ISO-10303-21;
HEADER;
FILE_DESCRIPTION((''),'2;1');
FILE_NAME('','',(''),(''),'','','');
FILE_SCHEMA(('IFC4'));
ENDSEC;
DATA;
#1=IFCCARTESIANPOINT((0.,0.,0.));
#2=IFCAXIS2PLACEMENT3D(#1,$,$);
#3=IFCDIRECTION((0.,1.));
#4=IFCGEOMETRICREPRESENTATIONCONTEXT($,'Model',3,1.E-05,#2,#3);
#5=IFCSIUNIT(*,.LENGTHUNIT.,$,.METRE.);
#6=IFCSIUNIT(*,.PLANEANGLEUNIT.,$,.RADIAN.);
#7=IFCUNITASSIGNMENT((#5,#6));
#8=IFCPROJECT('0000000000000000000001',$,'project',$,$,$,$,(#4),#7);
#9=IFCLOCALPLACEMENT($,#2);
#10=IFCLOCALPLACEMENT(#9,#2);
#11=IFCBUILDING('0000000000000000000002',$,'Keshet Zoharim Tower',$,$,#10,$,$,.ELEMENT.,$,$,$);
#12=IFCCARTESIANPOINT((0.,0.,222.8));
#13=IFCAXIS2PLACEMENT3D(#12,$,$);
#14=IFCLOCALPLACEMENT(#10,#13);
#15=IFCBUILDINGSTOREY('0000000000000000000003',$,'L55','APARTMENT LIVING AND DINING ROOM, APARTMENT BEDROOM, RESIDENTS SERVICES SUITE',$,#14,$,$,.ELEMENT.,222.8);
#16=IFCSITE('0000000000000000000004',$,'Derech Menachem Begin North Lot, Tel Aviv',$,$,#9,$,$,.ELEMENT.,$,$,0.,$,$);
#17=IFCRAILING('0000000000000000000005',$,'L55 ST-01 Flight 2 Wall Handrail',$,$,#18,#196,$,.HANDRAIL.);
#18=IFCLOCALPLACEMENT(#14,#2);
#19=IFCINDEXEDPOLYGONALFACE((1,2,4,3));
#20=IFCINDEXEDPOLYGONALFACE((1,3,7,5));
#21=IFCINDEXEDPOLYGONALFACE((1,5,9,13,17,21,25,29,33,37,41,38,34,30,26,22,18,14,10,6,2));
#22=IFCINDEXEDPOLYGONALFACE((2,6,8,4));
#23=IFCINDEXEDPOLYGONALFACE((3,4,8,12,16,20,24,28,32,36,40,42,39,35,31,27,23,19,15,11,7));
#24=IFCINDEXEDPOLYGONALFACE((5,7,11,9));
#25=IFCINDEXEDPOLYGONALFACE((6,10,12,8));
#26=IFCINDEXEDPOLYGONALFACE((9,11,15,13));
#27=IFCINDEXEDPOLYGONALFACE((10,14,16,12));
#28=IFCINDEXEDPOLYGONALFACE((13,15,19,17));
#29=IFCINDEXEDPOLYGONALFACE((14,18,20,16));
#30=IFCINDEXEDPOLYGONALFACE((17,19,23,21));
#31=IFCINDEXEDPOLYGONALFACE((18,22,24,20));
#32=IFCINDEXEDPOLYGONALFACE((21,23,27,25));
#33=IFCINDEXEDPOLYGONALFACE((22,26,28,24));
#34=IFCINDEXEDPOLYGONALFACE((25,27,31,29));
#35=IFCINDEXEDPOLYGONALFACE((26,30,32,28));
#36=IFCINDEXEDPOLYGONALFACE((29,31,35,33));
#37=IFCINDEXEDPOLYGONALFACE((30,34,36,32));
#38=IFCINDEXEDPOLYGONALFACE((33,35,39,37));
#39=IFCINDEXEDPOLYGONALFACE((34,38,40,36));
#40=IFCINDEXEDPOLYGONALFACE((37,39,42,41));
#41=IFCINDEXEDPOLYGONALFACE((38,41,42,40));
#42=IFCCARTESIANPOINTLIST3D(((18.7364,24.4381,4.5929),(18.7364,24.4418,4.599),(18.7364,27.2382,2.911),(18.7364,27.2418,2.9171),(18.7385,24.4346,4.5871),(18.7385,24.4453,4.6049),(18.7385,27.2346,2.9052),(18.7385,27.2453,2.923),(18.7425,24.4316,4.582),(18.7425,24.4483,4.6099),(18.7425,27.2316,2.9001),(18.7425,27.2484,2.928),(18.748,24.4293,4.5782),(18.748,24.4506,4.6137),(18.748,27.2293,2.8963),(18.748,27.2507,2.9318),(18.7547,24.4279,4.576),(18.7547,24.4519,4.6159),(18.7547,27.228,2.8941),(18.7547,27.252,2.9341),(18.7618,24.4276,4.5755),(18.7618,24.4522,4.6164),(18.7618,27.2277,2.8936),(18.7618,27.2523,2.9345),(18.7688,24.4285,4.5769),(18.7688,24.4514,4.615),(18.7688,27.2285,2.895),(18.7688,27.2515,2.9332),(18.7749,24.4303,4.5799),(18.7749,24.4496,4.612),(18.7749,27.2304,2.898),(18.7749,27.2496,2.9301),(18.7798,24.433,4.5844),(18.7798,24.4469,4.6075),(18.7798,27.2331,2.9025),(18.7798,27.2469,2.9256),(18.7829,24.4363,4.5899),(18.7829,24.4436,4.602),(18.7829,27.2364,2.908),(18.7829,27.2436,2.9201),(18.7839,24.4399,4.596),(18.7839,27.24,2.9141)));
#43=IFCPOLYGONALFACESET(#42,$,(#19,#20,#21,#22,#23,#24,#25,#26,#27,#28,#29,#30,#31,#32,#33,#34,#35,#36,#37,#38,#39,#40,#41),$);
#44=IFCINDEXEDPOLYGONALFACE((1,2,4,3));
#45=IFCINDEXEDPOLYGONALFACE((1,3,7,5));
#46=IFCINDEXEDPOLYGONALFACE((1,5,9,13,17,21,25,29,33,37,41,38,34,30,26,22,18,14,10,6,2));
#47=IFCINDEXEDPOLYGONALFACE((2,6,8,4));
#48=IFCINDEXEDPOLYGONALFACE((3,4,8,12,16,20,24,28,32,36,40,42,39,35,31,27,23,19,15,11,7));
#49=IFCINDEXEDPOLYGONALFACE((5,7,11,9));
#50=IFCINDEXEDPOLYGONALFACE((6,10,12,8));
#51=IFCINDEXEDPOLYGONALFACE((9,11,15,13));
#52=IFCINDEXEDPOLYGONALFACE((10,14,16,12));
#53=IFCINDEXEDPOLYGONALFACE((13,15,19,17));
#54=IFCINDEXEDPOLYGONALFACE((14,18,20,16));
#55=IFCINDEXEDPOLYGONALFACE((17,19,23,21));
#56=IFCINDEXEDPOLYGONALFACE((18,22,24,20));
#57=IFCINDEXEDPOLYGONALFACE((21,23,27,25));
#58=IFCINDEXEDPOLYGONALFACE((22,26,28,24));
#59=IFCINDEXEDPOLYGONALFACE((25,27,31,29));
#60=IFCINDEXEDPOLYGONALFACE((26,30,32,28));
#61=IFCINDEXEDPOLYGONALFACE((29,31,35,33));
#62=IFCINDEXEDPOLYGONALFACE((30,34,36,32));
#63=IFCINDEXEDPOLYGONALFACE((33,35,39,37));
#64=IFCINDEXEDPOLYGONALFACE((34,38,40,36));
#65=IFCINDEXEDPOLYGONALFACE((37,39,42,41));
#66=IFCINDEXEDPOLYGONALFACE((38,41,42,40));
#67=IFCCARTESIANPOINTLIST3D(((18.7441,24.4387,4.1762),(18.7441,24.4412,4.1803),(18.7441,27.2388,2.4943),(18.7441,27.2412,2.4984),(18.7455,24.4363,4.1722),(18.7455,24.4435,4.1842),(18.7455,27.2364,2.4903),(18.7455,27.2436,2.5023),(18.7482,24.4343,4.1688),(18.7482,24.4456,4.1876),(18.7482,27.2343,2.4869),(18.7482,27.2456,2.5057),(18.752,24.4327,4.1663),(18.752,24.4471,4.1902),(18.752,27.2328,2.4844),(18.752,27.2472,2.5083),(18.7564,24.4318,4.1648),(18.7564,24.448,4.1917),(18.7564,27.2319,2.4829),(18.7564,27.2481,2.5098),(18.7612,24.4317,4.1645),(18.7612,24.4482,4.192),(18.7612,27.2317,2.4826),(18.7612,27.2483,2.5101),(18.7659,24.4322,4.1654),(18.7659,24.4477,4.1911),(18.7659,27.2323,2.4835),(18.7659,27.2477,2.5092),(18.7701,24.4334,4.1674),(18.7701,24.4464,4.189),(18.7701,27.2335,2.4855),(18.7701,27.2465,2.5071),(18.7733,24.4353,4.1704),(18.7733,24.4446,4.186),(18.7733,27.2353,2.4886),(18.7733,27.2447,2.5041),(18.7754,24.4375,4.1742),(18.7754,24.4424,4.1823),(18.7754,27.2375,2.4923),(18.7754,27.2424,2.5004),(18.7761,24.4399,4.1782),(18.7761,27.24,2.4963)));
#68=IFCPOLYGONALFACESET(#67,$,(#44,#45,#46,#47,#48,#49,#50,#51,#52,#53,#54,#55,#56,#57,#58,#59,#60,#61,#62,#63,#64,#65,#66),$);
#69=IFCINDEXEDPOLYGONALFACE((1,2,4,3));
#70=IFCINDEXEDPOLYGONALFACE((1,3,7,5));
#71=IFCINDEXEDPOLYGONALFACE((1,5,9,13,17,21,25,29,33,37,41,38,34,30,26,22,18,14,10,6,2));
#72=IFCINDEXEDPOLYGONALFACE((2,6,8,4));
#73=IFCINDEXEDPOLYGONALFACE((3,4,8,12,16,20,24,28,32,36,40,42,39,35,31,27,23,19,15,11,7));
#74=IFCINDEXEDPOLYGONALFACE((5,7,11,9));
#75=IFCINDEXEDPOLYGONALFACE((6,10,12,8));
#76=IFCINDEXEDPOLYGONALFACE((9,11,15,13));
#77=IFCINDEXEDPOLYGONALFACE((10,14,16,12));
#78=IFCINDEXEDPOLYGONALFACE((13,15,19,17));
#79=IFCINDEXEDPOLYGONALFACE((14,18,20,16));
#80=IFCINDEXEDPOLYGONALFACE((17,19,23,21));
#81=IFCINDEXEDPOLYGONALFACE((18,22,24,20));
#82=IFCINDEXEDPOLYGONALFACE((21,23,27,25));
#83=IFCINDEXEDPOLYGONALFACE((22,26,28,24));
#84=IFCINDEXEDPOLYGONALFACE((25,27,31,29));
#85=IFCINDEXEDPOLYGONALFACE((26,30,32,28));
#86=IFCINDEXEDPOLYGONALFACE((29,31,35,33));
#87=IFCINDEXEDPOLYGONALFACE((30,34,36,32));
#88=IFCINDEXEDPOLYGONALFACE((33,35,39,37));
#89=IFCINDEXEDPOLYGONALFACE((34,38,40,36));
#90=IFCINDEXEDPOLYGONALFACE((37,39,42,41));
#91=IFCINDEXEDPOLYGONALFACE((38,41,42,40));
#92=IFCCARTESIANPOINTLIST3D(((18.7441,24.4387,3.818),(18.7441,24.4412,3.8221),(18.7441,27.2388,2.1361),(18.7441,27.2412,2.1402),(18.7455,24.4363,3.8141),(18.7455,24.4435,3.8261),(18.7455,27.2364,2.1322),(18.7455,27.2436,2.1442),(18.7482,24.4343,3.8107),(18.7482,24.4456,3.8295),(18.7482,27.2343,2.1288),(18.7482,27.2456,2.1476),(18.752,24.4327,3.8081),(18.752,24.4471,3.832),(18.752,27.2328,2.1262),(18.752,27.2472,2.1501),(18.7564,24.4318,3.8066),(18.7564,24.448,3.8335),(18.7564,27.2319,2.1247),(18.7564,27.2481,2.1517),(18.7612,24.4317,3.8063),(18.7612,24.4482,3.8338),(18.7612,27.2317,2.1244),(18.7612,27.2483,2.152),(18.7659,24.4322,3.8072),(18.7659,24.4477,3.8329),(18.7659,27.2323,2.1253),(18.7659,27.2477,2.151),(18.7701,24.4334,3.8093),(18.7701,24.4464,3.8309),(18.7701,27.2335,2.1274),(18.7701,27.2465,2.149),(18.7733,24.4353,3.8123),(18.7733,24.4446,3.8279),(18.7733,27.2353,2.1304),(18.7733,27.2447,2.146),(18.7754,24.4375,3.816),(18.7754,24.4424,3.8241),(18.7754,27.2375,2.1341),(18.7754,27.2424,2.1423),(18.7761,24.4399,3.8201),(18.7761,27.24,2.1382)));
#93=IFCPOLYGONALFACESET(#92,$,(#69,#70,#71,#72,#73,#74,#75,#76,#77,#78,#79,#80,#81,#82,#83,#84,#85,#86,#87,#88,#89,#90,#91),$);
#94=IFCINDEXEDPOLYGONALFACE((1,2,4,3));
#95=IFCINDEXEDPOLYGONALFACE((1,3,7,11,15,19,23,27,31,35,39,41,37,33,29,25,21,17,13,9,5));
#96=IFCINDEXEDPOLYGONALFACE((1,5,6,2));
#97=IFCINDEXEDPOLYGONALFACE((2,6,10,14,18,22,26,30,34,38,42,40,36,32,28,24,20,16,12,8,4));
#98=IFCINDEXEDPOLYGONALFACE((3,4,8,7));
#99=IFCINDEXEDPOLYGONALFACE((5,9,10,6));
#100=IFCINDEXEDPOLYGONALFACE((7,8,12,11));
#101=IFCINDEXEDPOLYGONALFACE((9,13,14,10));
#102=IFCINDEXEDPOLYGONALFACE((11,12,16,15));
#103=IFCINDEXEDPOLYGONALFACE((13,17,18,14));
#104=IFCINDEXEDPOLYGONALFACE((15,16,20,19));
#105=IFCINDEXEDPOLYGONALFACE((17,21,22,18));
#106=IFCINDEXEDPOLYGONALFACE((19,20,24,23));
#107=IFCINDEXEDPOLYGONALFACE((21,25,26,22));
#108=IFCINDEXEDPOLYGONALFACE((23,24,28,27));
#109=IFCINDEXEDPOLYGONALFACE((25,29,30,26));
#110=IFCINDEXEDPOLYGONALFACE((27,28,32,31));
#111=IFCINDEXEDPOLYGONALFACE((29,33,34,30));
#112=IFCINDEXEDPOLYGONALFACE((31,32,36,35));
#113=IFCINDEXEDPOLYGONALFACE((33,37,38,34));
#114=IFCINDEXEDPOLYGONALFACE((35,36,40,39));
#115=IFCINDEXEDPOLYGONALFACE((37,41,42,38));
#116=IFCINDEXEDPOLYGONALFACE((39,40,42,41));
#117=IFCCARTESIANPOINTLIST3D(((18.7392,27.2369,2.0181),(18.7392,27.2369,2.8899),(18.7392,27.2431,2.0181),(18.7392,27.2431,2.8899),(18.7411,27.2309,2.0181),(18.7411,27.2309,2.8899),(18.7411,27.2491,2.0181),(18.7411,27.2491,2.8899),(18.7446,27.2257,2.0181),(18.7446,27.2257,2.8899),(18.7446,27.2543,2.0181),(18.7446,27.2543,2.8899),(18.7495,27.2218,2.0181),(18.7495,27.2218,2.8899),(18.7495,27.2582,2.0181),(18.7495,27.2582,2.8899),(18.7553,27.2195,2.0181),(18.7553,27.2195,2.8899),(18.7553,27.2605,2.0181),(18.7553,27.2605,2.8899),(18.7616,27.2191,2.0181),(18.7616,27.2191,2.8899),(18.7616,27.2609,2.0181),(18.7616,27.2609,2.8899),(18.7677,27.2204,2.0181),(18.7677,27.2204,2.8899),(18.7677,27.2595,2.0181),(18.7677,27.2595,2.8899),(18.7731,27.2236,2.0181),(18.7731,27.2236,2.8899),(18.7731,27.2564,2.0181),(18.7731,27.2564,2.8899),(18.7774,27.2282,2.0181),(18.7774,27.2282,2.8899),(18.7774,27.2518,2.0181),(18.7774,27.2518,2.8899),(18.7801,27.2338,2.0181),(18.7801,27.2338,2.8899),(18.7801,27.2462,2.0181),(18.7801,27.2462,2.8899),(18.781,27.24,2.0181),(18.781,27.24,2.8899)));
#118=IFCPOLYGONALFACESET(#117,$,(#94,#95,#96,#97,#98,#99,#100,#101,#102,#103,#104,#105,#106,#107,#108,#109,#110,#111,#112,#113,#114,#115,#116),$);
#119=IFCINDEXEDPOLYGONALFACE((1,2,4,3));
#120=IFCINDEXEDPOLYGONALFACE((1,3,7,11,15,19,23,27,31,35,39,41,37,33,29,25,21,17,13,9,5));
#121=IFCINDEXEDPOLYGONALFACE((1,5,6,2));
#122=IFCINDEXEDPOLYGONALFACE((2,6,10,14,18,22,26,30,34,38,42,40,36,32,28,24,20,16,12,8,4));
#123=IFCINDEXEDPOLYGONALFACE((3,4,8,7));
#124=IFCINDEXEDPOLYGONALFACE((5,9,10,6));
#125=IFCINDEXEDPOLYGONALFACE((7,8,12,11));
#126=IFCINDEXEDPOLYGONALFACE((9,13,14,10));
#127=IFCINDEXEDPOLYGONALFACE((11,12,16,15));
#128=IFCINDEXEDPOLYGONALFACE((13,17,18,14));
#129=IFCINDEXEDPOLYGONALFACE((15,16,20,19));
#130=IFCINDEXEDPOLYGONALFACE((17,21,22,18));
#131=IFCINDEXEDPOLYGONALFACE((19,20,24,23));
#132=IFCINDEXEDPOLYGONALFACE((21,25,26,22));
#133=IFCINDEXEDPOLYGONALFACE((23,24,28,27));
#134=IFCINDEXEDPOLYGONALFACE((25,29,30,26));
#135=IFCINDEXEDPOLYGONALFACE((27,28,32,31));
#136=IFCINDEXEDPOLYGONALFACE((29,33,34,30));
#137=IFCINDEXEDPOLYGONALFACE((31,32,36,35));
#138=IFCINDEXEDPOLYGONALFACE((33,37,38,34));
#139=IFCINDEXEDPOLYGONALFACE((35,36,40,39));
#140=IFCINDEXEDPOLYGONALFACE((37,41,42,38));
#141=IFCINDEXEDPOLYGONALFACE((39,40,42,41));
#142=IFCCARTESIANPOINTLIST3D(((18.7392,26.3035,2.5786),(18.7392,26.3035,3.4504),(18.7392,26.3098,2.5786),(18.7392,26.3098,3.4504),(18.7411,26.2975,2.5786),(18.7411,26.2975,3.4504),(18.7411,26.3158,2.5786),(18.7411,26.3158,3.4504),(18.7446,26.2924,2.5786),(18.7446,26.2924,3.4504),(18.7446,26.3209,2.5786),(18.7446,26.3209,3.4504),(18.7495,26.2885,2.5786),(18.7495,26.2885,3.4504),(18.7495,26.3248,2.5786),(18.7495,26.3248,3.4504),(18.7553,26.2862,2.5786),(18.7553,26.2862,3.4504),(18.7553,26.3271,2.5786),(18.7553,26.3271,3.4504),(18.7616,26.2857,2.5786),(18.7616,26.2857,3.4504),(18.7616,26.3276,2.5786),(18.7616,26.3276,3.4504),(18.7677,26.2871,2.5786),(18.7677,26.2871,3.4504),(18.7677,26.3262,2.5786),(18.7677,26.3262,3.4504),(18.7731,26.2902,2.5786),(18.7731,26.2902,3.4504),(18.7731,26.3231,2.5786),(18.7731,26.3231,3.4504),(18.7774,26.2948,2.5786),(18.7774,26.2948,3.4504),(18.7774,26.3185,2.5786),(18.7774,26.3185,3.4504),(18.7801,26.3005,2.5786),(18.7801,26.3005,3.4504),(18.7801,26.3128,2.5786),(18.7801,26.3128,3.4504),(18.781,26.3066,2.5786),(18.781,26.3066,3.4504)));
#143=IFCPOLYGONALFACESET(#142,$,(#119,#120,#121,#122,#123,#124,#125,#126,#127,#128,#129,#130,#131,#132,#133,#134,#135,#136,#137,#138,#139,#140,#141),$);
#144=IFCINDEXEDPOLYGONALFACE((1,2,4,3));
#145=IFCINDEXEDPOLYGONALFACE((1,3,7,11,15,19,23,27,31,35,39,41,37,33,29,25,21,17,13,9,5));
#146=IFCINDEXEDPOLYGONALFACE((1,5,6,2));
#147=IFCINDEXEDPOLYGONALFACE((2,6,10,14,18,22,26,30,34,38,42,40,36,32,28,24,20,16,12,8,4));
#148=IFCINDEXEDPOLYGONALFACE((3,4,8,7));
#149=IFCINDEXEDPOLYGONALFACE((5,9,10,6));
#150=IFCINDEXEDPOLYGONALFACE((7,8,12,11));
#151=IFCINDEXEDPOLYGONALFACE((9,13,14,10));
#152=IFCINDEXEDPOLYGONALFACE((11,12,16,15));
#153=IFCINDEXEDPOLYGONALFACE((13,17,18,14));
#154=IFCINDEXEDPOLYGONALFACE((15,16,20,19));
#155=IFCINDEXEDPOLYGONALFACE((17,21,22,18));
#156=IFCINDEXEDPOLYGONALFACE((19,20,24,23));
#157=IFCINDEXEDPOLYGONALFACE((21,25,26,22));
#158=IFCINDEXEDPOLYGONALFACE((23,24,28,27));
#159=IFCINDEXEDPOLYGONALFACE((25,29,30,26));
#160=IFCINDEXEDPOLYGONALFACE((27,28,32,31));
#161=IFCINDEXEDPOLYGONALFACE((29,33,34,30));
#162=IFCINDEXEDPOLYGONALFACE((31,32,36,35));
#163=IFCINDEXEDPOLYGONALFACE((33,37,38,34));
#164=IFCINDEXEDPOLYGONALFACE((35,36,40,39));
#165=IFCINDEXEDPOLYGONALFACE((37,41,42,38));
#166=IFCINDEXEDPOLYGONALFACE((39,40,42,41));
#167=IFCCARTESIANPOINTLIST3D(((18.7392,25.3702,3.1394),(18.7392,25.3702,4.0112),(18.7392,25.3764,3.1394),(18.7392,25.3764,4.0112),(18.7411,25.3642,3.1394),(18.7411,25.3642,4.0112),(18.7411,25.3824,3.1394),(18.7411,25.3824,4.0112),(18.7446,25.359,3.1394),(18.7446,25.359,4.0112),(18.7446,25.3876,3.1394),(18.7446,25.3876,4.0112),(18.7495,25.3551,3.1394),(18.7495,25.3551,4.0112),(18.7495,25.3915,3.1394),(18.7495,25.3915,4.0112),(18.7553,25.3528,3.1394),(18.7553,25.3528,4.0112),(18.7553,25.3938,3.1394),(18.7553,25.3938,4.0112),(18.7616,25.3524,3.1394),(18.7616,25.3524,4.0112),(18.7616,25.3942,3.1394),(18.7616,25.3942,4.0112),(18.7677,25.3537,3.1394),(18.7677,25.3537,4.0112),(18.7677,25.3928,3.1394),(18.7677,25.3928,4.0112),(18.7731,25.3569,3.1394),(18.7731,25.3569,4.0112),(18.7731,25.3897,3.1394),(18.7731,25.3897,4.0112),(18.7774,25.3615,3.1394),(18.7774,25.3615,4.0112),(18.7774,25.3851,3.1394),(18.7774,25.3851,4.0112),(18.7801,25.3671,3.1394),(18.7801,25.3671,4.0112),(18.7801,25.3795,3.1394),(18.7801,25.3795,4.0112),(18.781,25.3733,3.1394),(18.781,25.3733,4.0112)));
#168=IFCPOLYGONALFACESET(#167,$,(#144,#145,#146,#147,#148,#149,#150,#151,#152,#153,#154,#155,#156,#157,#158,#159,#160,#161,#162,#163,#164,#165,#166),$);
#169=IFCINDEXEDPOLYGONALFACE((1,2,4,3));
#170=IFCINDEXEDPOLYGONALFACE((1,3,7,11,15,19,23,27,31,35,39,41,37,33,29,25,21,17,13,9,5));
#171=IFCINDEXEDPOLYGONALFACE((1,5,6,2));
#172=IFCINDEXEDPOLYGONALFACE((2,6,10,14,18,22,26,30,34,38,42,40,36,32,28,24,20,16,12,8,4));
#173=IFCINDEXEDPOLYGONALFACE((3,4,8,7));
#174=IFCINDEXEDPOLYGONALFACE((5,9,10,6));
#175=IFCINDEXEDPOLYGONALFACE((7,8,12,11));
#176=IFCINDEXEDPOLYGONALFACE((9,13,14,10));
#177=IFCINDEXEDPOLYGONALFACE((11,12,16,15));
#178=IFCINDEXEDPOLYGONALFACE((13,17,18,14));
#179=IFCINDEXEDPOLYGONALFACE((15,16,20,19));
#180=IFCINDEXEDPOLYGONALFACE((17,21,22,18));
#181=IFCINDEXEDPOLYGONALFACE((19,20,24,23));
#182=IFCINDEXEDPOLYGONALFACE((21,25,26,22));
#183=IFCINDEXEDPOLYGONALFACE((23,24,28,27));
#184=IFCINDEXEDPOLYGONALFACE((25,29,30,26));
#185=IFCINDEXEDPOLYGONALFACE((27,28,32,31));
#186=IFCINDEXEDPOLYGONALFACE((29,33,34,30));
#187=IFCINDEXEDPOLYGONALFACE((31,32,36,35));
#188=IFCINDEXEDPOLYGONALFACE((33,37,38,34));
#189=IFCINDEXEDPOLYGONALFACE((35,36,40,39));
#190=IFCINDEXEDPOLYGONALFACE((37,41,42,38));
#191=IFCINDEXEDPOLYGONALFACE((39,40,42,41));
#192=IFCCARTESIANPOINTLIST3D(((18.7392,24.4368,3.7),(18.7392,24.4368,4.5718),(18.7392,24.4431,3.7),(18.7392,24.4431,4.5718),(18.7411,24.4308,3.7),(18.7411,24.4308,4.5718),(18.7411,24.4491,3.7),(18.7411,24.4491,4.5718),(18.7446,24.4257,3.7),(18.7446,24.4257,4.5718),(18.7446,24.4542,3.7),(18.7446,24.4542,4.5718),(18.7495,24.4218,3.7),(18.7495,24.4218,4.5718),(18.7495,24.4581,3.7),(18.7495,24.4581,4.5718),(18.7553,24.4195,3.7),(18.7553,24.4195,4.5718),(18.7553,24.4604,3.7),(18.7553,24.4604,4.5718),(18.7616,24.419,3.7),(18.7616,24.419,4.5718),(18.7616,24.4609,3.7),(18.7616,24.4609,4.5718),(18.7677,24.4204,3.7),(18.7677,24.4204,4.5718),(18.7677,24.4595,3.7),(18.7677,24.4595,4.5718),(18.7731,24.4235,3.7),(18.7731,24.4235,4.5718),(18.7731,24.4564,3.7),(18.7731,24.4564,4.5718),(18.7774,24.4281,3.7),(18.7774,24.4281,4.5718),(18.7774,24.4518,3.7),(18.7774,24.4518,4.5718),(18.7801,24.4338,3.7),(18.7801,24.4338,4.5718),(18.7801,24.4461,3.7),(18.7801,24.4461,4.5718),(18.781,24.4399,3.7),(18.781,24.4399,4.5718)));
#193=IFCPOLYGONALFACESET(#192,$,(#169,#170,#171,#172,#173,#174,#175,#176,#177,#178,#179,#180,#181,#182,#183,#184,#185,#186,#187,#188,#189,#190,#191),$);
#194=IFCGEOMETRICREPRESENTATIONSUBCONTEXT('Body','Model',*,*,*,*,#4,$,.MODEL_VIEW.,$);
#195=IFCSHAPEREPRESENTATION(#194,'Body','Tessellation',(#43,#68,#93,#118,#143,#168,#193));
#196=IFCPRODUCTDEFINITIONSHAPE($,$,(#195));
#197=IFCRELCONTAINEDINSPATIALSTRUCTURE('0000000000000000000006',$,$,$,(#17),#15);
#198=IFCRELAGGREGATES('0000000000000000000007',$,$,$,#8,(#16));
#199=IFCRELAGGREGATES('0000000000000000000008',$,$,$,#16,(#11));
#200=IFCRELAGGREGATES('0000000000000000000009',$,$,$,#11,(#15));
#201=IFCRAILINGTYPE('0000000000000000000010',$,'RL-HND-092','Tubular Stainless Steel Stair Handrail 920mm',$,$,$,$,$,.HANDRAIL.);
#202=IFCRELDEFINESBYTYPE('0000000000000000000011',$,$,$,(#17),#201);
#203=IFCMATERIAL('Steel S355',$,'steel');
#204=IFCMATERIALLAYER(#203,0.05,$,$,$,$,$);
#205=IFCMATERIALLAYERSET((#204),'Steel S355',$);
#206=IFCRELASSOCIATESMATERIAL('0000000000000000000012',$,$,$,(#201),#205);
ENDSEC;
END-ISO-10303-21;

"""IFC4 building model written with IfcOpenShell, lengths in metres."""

from ifc_helpers import new_model, si_unit, direction, frame, origin, origin_2d, place, context, subcontext, project, spatial, circle, extrude, material, layer, layer_set, type_object, element, save


model = new_model("IFC4")

# Units and contexts
model_context = context("Model", 3, precision=1e-05, world=origin(), true_north=direction((0.0, 1.0)))
body_context = subcontext(model_context, "Body", "Model", "MODEL_VIEW")
ifc_project = project(units=[si_unit("LENGTHUNIT", "METRE"), si_unit("PLANEANGLEUNIT", "RADIAN")], contexts=[model_context])

# Site, building, storey
site_placement = place(None, origin())
site = spatial("IfcSite", under=ifc_project, at=site_placement, Name="Derech Menachem Begin North Lot, Tel Aviv", CompositionType="ELEMENT", RefElevation=0.0)
building_placement = place(site_placement, origin())
building = spatial("IfcBuilding", under=site, at=building_placement, Name="Keshet Zoharim Tower", CompositionType="ELEMENT")
storey_placement = place(building_placement, frame((0.0, 0.0, 222.8)))
storey = spatial("IfcBuildingStorey", under=building, at=storey_placement, Name="L55", Description="APARTMENT LIVING AND DINING ROOM, APARTMENT BEDROOM, RESIDENTS SERVICES SUITE", CompositionType="ELEMENT", Elevation=222.8)

# Shared definitions
ifc_material_1 = material(Name="Steel S355", Category="steel")

# Railing
ifc_layer_1 = layer(ifc_material_1, 0.05)
ifc_layer_set_1 = layer_set([ifc_layer_1], Name="Steel S355")
railing_type_1 = type_object("IfcRailingType", Name="RL-HND-092", Description="Tubular Stainless Steel Stair Handrail 920mm", PredefinedType="HANDRAIL", material=ifc_layer_set_1)
railing_1_placement = place(storey_placement, frame((18.76, 27.24, 2.0181)))
element("IfcRailing", 1, at=railing_1_placement, inside=storey, type_object=railing_type_1, Name="L55 ST-01 Flight 2 Wall Handrail", PredefinedType="HANDRAIL", context=body_context, shape_type="SweptSolid", body=[
    extrude(circle(Radius=0.0239, at=origin_2d()), frame((0.0, 0.0, 0.896), z_axis=(0.0, -0.857242, 0.514913), x_axis=(1.0, 0.0, 0.0)), (0.0, 0.0, 1.0), 3.2664),
    extrude(circle(Radius=0.0161, at=origin_2d()), frame((0.0, 0.0, 0.4783), z_axis=(0.0, -0.857242, 0.514913), x_axis=(1.0, 0.0, 0.0)), (0.0, 0.0, 1.0), 3.2664),
    extrude(circle(Radius=0.0161, at=origin_2d()), frame((0.0, 0.0, 0.1201), z_axis=(0.0, -0.857242, 0.514913), x_axis=(1.0, 0.0, 0.0)), (0.0, 0.0, 1.0), 3.2664),
    extrude(circle(Radius=0.021, at=origin_2d()), origin(), (0.0, 0.0, 1.0), 0.8718),
    extrude(circle(Radius=0.021, at=origin_2d()), frame((0.0, -0.9333, 0.5605)), (0.0, 0.0, 1.0), 0.8718),
    extrude(circle(Radius=0.021, at=origin_2d()), frame((0.0, -1.8667, 1.1213)), (0.0, 0.0, 1.0), 0.8718),
    extrude(circle(Radius=0.021, at=origin_2d()), frame((0.0, -2.8, 1.6819)), (0.0, 0.0, 1.0), 0.8718),
])

save(model, "model.ifc")
